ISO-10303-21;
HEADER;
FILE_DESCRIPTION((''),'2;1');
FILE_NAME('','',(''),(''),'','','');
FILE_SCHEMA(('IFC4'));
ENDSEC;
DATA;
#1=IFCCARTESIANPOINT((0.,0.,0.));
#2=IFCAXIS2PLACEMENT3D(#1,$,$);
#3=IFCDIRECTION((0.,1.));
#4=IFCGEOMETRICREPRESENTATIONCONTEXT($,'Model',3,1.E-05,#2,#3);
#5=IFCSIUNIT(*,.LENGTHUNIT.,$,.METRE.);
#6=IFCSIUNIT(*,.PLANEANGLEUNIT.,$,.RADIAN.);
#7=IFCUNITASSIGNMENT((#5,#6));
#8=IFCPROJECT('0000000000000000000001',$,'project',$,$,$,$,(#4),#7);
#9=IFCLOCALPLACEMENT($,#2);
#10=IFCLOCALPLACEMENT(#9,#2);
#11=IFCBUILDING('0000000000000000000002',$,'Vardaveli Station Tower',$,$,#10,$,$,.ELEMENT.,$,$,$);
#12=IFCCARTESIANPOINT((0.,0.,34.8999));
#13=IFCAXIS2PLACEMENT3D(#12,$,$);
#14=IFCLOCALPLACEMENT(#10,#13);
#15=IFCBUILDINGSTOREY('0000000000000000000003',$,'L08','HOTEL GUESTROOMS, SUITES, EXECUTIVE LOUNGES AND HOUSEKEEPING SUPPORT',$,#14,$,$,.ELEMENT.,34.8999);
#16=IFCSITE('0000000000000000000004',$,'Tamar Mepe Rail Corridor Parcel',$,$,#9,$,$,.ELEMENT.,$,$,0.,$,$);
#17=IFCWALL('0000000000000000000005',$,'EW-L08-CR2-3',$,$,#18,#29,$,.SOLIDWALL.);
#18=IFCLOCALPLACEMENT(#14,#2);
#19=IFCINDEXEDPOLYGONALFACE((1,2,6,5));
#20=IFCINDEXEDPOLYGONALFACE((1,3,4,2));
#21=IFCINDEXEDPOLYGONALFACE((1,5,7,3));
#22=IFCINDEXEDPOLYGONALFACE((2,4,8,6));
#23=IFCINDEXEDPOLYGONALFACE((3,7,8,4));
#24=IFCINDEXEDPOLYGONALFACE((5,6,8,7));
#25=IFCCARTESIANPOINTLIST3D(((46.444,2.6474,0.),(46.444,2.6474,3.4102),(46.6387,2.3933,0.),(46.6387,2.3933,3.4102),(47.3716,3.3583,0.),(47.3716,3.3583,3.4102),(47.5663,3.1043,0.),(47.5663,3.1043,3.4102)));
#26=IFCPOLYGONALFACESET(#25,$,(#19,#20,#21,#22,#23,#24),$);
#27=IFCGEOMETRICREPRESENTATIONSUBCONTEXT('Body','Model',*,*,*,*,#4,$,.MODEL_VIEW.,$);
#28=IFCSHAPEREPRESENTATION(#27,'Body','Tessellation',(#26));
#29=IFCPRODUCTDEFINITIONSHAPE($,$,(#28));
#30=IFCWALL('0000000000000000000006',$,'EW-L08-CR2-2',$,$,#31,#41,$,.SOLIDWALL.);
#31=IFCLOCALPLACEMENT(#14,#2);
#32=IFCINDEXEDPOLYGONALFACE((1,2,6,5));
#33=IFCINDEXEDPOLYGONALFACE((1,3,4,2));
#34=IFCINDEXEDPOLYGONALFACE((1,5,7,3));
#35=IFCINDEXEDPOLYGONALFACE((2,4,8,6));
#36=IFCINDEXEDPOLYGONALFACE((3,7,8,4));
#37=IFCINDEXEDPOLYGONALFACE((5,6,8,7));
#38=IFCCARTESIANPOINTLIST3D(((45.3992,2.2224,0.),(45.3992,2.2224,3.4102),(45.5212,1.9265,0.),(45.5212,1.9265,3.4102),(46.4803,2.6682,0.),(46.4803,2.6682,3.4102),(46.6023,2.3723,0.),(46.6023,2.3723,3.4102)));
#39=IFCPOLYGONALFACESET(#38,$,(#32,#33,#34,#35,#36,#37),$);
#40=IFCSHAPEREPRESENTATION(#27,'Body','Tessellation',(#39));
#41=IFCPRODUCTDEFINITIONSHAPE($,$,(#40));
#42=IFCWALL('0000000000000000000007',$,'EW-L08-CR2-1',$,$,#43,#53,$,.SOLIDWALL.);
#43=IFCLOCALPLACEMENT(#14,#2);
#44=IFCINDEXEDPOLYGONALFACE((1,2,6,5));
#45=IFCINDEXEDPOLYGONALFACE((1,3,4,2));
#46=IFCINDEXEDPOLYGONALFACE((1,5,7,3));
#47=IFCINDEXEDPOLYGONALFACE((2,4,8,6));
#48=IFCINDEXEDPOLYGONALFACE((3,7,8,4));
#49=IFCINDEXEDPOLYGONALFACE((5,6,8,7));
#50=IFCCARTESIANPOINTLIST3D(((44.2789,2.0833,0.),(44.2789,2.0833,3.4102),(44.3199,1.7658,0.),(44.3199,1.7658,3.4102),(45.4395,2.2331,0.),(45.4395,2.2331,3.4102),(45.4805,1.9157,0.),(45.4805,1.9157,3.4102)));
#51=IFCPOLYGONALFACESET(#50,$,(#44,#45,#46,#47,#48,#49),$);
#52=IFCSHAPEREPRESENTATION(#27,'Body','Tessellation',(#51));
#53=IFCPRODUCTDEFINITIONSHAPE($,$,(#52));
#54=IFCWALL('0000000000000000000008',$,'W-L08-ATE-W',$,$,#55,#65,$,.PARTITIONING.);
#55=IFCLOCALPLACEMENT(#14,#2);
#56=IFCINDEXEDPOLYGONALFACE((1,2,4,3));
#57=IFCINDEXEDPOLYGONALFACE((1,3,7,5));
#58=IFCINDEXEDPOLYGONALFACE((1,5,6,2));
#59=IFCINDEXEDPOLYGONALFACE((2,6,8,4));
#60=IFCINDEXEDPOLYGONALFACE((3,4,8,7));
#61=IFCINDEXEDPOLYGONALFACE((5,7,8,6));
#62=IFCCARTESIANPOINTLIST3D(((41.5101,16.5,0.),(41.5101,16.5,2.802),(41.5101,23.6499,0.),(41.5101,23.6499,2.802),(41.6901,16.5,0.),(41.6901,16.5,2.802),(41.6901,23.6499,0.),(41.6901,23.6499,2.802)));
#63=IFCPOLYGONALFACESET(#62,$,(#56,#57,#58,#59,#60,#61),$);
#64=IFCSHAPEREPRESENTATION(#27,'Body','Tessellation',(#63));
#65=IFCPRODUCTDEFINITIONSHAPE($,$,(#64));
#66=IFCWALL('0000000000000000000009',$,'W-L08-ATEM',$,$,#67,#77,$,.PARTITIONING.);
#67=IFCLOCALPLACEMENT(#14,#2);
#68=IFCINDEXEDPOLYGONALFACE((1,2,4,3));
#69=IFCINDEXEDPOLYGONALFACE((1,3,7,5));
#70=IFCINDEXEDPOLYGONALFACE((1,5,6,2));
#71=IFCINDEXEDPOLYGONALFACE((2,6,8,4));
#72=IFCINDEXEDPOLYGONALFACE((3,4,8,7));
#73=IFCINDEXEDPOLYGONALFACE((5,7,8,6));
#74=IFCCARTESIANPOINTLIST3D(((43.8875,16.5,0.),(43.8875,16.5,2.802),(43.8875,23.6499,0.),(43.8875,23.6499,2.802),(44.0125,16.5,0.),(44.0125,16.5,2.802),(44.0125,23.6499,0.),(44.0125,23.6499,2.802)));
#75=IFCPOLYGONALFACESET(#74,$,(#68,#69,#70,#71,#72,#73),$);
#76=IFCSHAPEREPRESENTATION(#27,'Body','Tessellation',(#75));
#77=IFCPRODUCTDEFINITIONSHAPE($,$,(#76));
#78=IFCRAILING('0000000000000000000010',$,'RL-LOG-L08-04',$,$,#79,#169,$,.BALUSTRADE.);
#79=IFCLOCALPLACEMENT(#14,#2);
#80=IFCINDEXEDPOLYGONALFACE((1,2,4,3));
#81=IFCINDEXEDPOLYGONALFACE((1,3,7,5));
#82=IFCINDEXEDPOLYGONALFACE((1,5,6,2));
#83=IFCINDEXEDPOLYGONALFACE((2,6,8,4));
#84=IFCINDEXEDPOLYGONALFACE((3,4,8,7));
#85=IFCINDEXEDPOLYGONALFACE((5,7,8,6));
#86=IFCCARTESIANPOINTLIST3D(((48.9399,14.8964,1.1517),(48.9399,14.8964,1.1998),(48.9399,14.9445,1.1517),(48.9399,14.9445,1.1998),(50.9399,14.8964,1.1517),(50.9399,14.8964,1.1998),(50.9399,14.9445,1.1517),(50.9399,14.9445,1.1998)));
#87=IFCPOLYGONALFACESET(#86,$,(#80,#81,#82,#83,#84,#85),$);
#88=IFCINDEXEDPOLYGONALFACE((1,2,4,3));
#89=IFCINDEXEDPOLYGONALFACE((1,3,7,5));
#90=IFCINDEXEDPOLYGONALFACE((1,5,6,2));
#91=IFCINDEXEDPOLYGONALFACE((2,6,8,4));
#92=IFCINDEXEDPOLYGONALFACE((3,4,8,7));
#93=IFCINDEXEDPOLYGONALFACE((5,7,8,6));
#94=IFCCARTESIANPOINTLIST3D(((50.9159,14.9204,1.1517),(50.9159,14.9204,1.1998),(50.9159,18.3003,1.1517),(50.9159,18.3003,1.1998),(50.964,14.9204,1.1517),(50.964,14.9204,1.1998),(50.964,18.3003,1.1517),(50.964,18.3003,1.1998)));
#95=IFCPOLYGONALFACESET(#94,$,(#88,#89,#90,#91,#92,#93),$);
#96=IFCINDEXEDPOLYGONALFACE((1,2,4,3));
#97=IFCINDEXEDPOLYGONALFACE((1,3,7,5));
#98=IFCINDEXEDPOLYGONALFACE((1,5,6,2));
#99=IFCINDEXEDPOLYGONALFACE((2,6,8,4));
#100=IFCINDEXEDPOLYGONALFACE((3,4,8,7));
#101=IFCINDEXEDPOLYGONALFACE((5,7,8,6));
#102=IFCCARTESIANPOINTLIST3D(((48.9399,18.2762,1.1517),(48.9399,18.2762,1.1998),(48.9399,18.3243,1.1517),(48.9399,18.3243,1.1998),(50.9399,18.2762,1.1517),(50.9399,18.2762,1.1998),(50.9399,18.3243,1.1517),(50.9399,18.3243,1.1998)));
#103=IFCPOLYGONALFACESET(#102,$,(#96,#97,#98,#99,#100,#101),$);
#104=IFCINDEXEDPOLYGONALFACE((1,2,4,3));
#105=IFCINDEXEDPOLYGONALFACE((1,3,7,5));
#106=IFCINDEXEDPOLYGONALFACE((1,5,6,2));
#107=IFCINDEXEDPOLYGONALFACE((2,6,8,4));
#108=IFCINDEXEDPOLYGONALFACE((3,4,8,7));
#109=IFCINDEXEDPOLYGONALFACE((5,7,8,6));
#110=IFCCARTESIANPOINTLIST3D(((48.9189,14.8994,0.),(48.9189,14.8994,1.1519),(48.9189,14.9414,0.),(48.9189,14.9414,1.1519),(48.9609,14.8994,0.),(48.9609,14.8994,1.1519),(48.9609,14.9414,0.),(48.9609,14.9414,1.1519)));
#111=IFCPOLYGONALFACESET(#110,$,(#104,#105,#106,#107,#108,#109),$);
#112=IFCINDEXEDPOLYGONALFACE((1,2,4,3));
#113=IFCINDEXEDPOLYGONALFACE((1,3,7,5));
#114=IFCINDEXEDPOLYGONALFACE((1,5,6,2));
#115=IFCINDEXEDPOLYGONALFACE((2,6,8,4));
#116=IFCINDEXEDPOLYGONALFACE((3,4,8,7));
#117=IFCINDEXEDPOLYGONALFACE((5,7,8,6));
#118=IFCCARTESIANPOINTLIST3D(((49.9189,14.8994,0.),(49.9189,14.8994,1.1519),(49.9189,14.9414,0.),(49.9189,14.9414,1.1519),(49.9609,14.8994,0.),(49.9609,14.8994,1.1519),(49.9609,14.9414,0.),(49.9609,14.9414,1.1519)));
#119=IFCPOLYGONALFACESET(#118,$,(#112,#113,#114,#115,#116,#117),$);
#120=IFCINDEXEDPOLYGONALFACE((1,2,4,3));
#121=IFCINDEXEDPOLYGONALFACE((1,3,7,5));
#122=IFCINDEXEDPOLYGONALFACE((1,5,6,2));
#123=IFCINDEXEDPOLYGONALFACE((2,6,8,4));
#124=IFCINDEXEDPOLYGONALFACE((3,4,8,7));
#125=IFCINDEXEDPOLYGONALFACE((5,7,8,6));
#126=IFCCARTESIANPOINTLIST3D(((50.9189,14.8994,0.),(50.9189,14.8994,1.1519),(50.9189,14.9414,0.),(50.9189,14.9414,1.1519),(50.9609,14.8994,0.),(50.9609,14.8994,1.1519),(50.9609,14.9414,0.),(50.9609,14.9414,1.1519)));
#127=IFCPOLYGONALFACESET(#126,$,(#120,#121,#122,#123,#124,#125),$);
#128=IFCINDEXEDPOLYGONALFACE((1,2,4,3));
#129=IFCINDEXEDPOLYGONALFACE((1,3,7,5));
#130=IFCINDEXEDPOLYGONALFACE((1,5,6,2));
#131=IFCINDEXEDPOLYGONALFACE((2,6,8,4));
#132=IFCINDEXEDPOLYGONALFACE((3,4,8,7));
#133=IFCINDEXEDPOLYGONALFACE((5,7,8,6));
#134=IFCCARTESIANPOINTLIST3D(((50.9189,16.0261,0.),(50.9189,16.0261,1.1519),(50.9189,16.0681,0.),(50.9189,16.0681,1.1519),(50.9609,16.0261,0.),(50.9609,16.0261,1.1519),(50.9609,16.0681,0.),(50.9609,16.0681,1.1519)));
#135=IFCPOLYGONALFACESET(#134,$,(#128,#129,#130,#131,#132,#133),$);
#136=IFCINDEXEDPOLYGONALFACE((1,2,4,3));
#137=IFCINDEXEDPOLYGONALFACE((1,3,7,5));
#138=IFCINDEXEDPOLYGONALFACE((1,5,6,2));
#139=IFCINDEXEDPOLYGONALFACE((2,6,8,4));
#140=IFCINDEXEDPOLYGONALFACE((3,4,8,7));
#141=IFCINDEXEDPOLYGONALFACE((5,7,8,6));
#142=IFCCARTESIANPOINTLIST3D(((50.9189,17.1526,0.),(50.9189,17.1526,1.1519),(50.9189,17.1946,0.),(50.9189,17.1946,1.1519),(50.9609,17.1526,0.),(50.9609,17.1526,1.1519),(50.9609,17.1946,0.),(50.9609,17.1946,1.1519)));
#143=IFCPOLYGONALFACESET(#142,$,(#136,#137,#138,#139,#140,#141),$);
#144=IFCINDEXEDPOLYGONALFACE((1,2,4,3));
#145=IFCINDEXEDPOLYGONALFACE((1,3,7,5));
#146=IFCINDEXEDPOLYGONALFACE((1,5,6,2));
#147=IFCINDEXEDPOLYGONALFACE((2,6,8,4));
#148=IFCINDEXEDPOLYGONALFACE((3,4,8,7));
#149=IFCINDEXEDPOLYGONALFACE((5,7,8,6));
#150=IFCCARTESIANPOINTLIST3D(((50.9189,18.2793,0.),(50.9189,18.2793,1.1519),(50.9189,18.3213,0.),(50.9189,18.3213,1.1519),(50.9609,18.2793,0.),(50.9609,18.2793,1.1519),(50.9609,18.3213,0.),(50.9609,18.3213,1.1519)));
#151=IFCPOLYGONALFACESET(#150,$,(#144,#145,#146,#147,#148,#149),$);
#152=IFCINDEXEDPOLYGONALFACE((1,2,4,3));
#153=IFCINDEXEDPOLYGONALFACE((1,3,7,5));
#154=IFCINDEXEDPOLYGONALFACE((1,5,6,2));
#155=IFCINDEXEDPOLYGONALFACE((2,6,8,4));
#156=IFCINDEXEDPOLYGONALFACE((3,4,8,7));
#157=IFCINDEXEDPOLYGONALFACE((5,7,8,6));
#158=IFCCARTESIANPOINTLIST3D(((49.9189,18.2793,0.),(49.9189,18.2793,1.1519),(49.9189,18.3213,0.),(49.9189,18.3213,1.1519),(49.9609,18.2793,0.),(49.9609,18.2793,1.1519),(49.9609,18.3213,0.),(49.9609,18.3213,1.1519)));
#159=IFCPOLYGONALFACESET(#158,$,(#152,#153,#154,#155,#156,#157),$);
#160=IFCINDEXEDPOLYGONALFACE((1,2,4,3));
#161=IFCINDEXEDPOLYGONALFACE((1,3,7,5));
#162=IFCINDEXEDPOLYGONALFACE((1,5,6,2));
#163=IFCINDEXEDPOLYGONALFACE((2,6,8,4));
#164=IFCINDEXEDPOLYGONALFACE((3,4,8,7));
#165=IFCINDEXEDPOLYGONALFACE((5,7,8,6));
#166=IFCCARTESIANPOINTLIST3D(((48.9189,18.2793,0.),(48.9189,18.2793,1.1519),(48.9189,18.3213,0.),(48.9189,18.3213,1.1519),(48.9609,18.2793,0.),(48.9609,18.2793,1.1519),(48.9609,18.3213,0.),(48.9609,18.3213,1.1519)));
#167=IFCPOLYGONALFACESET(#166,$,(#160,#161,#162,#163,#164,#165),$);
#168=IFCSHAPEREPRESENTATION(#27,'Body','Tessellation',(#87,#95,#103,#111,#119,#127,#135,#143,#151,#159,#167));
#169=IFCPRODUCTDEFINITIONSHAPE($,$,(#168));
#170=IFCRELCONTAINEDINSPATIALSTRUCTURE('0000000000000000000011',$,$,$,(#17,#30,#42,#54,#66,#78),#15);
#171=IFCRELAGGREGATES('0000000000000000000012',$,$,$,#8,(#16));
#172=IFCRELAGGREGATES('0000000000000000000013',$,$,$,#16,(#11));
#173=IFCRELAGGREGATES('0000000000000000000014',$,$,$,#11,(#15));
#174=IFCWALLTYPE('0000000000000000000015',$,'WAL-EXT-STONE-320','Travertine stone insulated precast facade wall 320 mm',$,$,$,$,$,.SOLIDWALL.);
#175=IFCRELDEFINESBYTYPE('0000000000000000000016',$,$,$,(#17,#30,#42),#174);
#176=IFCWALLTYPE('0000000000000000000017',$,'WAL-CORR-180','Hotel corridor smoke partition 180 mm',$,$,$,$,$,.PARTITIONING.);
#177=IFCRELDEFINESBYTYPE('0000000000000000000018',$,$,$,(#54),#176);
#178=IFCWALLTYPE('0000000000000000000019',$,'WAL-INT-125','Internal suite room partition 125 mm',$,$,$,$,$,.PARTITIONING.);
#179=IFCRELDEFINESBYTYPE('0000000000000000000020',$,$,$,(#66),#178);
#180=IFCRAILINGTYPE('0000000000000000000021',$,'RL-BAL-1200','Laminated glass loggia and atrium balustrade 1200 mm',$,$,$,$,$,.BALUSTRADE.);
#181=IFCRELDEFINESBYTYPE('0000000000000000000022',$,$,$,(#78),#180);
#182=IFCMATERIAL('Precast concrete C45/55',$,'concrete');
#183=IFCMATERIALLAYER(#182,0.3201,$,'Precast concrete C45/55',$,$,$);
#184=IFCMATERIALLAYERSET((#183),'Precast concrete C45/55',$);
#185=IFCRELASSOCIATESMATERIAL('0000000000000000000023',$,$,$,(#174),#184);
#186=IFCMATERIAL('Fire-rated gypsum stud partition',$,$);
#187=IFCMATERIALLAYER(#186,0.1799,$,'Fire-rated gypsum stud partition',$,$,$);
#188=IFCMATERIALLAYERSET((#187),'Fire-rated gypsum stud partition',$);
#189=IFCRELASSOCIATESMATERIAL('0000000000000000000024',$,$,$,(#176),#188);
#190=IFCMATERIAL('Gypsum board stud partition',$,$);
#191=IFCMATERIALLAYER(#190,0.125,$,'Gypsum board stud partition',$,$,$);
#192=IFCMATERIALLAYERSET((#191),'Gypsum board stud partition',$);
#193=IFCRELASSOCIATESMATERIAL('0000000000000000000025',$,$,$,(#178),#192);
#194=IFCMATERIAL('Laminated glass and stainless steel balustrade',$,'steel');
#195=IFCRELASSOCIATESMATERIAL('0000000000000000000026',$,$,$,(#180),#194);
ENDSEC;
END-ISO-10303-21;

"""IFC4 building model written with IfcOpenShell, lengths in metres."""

from ifc_helpers import new_model, si_unit, direction, frame, frame_2d, origin, origin_2d, place, context, subcontext, project, spatial, rectangle, extrude, source, transform, mapped, material, layer, layer_set, type_object, element, save


model = new_model("IFC4")

# Units and contexts
model_context = context("Model", 3, precision=1e-05, world=origin(), true_north=direction((0.0, 1.0)))
body_context = subcontext(model_context, "Body", "Model", "MODEL_VIEW")
ifc_project = project(units=[si_unit("LENGTHUNIT", "METRE"), si_unit("PLANEANGLEUNIT", "RADIAN")], contexts=[model_context])

# Site, building, storey
site_placement = place(None, origin())
site = spatial("IfcSite", under=ifc_project, at=site_placement, Name="Tamar Mepe Rail Corridor Parcel", CompositionType="ELEMENT", RefElevation=0.0)
building_placement = place(site_placement, origin())
building = spatial("IfcBuilding", under=site, at=building_placement, Name="Vardaveli Station Tower", CompositionType="ELEMENT")
storey_placement = place(building_placement, frame((0.0, 0.0, 34.8999)))
storey = spatial("IfcBuildingStorey", under=building, at=storey_placement, Name="L08", Description="HOTEL GUESTROOMS, SUITES, EXECUTIVE LOUNGES AND HOUSEKEEPING SUPPORT", CompositionType="ELEMENT", Elevation=34.8999)

# Shared definitions
ifc_material_1 = material(Name="Precast concrete C45/55", Category="concrete")

# Shared definitions
ifc_layer_1 = layer(ifc_material_1, 0.3201, Name="Precast concrete C45/55")
ifc_layer_set_1 = layer_set([ifc_layer_1], Name="Precast concrete C45/55")
wall_type_1 = type_object("IfcWallType", Name="WAL-EXT-STONE-320", Description="Travertine stone insulated precast facade wall 320 mm", PredefinedType="SOLIDWALL", material=ifc_layer_set_1)

# Walls
shared_shape_1 = source(origin(), body_context, "Body", "SweptSolid", [
    extrude(rectangle(XDim=1.1687, YDim=0.3201, at=frame_2d((0.5845, 0.0))), origin(), (0.0, 0.0, 1.0), 3.4102),
])
wall_1_placement = place(storey_placement, frame((46.5413, 2.5203, 0.0), z_axis=(0.0, 0.0, 1.0), x_axis=(0.793664, 0.608357, 0.0)))
element("IfcWall", 1, at=wall_1_placement, inside=storey, type_object=wall_type_1, Name="EW-L08-CR2-3", PredefinedType="SOLIDWALL", context=body_context, shape_type="MappedRepresentation", body=[
    mapped(shared_shape_1, transform((0.0, 0.0, 0.0), scale=1.0)),
])
shared_shape_2 = source(origin(), body_context, "Body", "SweptSolid", [
    extrude(rectangle(XDim=1.1694, YDim=0.3201, at=frame_2d((0.5847, 0.0))), origin(), (0.0, 0.0, 1.0), 3.4102),
])
wall_2_placement = place(storey_placement, frame((45.4602, 2.0745, 0.0), z_axis=(0.0, 0.0, 1.0), x_axis=(0.924479, 0.381233, 0.0)))
element("IfcWall", 2, at=wall_2_placement, inside=storey, type_object=wall_type_1, Name="EW-L08-CR2-2", PredefinedType="SOLIDWALL", context=body_context, shape_type="MappedRepresentation", body=[
    mapped(shared_shape_2, transform((0.0, 0.0, 0.0), scale=1.0)),
])
shared_shape_3 = source(origin(), body_context, "Body", "SweptSolid", [
    extrude(rectangle(XDim=1.1702, YDim=0.3201, at=frame_2d((0.585, 0.0))), origin(), (0.0, 0.0, 1.0), 3.4102),
])
wall_3_placement = place(storey_placement, frame((44.2996, 1.9246, 0.0), z_axis=(0.0, 0.0, 1.0), x_axis=(0.991762, 0.12809, 0.0)))
element("IfcWall", 3, at=wall_3_placement, inside=storey, type_object=wall_type_1, Name="EW-L08-CR2-1", PredefinedType="SOLIDWALL", context=body_context, shape_type="MappedRepresentation", body=[
    mapped(shared_shape_3, transform((0.0, 0.0, 0.0), scale=1.0)),
])

# Shared definitions
ifc_material_2 = material(Name="Fire-rated gypsum stud partition")
ifc_layer_2 = layer(ifc_material_2, 0.1799, Name="Fire-rated gypsum stud partition")
ifc_layer_set_2 = layer_set([ifc_layer_2], Name="Fire-rated gypsum stud partition")
wall_type_2 = type_object("IfcWallType", Name="WAL-CORR-180", Description="Hotel corridor smoke partition 180 mm", PredefinedType="PARTITIONING", material=ifc_layer_set_2)

# Walls
shared_shape_4 = source(origin(), body_context, "Body", "SweptSolid", [
    extrude(rectangle(XDim=7.1499, YDim=0.1799, at=frame_2d((3.575, 0.0))), origin(), (0.0, 0.0, 1.0), 2.802),
])
wall_4_placement = place(storey_placement, frame((41.6001, 16.5, 0.0), z_axis=(0.0, 0.0, 1.0), x_axis=(0.0, 1.0, 0.0)))
element("IfcWall", 4, at=wall_4_placement, inside=storey, type_object=wall_type_2, Name="W-L08-ATE-W", PredefinedType="PARTITIONING", context=body_context, shape_type="MappedRepresentation", body=[
    mapped(shared_shape_4, transform((0.0, 0.0, 0.0), scale=1.0)),
])
ifc_material_3 = material(Name="Gypsum board stud partition")
ifc_layer_3 = layer(ifc_material_3, 0.125, Name="Gypsum board stud partition")
ifc_layer_set_3 = layer_set([ifc_layer_3], Name="Gypsum board stud partition")
wall_type_3 = type_object("IfcWallType", Name="WAL-INT-125", Description="Internal suite room partition 125 mm", PredefinedType="PARTITIONING", material=ifc_layer_set_3)
shared_shape_5 = source(origin(), body_context, "Body", "SweptSolid", [
    extrude(rectangle(XDim=7.1499, YDim=0.125, at=frame_2d((3.575, 0.0))), origin(), (0.0, 0.0, 1.0), 2.802),
])
wall_5_placement = place(storey_placement, frame((43.95, 16.5, 0.0), z_axis=(0.0, 0.0, 1.0), x_axis=(0.0, 1.0, 0.0)))
element("IfcWall", 5, at=wall_5_placement, inside=storey, type_object=wall_type_3, Name="W-L08-ATEM", PredefinedType="PARTITIONING", context=body_context, shape_type="MappedRepresentation", body=[
    mapped(shared_shape_5, transform((0.0, 0.0, 0.0), scale=1.0)),
])

# Railing
ifc_material_4 = material(Name="Laminated glass and stainless steel balustrade", Category="steel")
railing_type = type_object("IfcRailingType", Name="RL-BAL-1200", Description="Laminated glass loggia and atrium balustrade 1200 mm", PredefinedType="BALUSTRADE", material=ifc_material_4)
shared_shape_6 = source(origin(), body_context, "Body", "SweptSolid", [
    extrude(rectangle(XDim=0.0481, YDim=0.0481, at=origin_2d()), frame((0.0, 0.0, 1.1758), z_axis=(1.0, 0.0, 0.0), x_axis=(0.0, 1.0, 0.0)), (0.0, 0.0, 1.0), 2.0),
    extrude(rectangle(XDim=0.0481, YDim=0.0481, at=origin_2d()), frame((2.0, 0.0, 1.1758), z_axis=(0.0, 1.0, 0.0), x_axis=(-1.0, 0.0, 0.0)), (0.0, 0.0, 1.0), 3.3799),
    extrude(rectangle(XDim=0.0481, YDim=0.0481, at=origin_2d()), frame((2.0, 3.3799, 1.1758), z_axis=(-1.0, 0.0, 0.0), x_axis=(0.0, -1.0, 0.0)), (0.0, 0.0, 1.0), 2.0),
    extrude(rectangle(XDim=0.042, YDim=0.042, at=origin_2d()), origin(), (0.0, 0.0, 1.0), 1.1519),
    extrude(rectangle(XDim=0.042, YDim=0.042, at=origin_2d()), frame((1.0, 0.0, 0.0)), (0.0, 0.0, 1.0), 1.1519),
    extrude(rectangle(XDim=0.042, YDim=0.042, at=origin_2d()), frame((2.0, 0.0, 0.0)), (0.0, 0.0, 1.0), 1.1519),
    extrude(rectangle(XDim=0.042, YDim=0.042, at=origin_2d()), frame((2.0, 1.1267, 0.0)), (0.0, 0.0, 1.0), 1.1519),
    extrude(rectangle(XDim=0.042, YDim=0.042, at=origin_2d()), frame((2.0, 2.2532, 0.0)), (0.0, 0.0, 1.0), 1.1519),
    extrude(rectangle(XDim=0.042, YDim=0.042, at=origin_2d()), frame((2.0, 3.3799, 0.0)), (0.0, 0.0, 1.0), 1.1519),
    extrude(rectangle(XDim=0.042, YDim=0.042, at=origin_2d()), frame((1.0, 3.3799, 0.0)), (0.0, 0.0, 1.0), 1.1519),
    extrude(rectangle(XDim=0.042, YDim=0.042, at=origin_2d()), frame((0.0, 3.3799, 0.0)), (0.0, 0.0, 1.0), 1.1519),
])
railing_placement = place(storey_placement, frame((48.9399, 14.9204, 0.0)))
element("IfcRailing", 6, at=railing_placement, inside=storey, type_object=railing_type, Name="RL-LOG-L08-04", PredefinedType="BALUSTRADE", context=body_context, shape_type="MappedRepresentation", body=[
    mapped(shared_shape_6, transform((0.0, 0.0, 0.0), scale=1.0)),
])

save(model, "model.ifc")
